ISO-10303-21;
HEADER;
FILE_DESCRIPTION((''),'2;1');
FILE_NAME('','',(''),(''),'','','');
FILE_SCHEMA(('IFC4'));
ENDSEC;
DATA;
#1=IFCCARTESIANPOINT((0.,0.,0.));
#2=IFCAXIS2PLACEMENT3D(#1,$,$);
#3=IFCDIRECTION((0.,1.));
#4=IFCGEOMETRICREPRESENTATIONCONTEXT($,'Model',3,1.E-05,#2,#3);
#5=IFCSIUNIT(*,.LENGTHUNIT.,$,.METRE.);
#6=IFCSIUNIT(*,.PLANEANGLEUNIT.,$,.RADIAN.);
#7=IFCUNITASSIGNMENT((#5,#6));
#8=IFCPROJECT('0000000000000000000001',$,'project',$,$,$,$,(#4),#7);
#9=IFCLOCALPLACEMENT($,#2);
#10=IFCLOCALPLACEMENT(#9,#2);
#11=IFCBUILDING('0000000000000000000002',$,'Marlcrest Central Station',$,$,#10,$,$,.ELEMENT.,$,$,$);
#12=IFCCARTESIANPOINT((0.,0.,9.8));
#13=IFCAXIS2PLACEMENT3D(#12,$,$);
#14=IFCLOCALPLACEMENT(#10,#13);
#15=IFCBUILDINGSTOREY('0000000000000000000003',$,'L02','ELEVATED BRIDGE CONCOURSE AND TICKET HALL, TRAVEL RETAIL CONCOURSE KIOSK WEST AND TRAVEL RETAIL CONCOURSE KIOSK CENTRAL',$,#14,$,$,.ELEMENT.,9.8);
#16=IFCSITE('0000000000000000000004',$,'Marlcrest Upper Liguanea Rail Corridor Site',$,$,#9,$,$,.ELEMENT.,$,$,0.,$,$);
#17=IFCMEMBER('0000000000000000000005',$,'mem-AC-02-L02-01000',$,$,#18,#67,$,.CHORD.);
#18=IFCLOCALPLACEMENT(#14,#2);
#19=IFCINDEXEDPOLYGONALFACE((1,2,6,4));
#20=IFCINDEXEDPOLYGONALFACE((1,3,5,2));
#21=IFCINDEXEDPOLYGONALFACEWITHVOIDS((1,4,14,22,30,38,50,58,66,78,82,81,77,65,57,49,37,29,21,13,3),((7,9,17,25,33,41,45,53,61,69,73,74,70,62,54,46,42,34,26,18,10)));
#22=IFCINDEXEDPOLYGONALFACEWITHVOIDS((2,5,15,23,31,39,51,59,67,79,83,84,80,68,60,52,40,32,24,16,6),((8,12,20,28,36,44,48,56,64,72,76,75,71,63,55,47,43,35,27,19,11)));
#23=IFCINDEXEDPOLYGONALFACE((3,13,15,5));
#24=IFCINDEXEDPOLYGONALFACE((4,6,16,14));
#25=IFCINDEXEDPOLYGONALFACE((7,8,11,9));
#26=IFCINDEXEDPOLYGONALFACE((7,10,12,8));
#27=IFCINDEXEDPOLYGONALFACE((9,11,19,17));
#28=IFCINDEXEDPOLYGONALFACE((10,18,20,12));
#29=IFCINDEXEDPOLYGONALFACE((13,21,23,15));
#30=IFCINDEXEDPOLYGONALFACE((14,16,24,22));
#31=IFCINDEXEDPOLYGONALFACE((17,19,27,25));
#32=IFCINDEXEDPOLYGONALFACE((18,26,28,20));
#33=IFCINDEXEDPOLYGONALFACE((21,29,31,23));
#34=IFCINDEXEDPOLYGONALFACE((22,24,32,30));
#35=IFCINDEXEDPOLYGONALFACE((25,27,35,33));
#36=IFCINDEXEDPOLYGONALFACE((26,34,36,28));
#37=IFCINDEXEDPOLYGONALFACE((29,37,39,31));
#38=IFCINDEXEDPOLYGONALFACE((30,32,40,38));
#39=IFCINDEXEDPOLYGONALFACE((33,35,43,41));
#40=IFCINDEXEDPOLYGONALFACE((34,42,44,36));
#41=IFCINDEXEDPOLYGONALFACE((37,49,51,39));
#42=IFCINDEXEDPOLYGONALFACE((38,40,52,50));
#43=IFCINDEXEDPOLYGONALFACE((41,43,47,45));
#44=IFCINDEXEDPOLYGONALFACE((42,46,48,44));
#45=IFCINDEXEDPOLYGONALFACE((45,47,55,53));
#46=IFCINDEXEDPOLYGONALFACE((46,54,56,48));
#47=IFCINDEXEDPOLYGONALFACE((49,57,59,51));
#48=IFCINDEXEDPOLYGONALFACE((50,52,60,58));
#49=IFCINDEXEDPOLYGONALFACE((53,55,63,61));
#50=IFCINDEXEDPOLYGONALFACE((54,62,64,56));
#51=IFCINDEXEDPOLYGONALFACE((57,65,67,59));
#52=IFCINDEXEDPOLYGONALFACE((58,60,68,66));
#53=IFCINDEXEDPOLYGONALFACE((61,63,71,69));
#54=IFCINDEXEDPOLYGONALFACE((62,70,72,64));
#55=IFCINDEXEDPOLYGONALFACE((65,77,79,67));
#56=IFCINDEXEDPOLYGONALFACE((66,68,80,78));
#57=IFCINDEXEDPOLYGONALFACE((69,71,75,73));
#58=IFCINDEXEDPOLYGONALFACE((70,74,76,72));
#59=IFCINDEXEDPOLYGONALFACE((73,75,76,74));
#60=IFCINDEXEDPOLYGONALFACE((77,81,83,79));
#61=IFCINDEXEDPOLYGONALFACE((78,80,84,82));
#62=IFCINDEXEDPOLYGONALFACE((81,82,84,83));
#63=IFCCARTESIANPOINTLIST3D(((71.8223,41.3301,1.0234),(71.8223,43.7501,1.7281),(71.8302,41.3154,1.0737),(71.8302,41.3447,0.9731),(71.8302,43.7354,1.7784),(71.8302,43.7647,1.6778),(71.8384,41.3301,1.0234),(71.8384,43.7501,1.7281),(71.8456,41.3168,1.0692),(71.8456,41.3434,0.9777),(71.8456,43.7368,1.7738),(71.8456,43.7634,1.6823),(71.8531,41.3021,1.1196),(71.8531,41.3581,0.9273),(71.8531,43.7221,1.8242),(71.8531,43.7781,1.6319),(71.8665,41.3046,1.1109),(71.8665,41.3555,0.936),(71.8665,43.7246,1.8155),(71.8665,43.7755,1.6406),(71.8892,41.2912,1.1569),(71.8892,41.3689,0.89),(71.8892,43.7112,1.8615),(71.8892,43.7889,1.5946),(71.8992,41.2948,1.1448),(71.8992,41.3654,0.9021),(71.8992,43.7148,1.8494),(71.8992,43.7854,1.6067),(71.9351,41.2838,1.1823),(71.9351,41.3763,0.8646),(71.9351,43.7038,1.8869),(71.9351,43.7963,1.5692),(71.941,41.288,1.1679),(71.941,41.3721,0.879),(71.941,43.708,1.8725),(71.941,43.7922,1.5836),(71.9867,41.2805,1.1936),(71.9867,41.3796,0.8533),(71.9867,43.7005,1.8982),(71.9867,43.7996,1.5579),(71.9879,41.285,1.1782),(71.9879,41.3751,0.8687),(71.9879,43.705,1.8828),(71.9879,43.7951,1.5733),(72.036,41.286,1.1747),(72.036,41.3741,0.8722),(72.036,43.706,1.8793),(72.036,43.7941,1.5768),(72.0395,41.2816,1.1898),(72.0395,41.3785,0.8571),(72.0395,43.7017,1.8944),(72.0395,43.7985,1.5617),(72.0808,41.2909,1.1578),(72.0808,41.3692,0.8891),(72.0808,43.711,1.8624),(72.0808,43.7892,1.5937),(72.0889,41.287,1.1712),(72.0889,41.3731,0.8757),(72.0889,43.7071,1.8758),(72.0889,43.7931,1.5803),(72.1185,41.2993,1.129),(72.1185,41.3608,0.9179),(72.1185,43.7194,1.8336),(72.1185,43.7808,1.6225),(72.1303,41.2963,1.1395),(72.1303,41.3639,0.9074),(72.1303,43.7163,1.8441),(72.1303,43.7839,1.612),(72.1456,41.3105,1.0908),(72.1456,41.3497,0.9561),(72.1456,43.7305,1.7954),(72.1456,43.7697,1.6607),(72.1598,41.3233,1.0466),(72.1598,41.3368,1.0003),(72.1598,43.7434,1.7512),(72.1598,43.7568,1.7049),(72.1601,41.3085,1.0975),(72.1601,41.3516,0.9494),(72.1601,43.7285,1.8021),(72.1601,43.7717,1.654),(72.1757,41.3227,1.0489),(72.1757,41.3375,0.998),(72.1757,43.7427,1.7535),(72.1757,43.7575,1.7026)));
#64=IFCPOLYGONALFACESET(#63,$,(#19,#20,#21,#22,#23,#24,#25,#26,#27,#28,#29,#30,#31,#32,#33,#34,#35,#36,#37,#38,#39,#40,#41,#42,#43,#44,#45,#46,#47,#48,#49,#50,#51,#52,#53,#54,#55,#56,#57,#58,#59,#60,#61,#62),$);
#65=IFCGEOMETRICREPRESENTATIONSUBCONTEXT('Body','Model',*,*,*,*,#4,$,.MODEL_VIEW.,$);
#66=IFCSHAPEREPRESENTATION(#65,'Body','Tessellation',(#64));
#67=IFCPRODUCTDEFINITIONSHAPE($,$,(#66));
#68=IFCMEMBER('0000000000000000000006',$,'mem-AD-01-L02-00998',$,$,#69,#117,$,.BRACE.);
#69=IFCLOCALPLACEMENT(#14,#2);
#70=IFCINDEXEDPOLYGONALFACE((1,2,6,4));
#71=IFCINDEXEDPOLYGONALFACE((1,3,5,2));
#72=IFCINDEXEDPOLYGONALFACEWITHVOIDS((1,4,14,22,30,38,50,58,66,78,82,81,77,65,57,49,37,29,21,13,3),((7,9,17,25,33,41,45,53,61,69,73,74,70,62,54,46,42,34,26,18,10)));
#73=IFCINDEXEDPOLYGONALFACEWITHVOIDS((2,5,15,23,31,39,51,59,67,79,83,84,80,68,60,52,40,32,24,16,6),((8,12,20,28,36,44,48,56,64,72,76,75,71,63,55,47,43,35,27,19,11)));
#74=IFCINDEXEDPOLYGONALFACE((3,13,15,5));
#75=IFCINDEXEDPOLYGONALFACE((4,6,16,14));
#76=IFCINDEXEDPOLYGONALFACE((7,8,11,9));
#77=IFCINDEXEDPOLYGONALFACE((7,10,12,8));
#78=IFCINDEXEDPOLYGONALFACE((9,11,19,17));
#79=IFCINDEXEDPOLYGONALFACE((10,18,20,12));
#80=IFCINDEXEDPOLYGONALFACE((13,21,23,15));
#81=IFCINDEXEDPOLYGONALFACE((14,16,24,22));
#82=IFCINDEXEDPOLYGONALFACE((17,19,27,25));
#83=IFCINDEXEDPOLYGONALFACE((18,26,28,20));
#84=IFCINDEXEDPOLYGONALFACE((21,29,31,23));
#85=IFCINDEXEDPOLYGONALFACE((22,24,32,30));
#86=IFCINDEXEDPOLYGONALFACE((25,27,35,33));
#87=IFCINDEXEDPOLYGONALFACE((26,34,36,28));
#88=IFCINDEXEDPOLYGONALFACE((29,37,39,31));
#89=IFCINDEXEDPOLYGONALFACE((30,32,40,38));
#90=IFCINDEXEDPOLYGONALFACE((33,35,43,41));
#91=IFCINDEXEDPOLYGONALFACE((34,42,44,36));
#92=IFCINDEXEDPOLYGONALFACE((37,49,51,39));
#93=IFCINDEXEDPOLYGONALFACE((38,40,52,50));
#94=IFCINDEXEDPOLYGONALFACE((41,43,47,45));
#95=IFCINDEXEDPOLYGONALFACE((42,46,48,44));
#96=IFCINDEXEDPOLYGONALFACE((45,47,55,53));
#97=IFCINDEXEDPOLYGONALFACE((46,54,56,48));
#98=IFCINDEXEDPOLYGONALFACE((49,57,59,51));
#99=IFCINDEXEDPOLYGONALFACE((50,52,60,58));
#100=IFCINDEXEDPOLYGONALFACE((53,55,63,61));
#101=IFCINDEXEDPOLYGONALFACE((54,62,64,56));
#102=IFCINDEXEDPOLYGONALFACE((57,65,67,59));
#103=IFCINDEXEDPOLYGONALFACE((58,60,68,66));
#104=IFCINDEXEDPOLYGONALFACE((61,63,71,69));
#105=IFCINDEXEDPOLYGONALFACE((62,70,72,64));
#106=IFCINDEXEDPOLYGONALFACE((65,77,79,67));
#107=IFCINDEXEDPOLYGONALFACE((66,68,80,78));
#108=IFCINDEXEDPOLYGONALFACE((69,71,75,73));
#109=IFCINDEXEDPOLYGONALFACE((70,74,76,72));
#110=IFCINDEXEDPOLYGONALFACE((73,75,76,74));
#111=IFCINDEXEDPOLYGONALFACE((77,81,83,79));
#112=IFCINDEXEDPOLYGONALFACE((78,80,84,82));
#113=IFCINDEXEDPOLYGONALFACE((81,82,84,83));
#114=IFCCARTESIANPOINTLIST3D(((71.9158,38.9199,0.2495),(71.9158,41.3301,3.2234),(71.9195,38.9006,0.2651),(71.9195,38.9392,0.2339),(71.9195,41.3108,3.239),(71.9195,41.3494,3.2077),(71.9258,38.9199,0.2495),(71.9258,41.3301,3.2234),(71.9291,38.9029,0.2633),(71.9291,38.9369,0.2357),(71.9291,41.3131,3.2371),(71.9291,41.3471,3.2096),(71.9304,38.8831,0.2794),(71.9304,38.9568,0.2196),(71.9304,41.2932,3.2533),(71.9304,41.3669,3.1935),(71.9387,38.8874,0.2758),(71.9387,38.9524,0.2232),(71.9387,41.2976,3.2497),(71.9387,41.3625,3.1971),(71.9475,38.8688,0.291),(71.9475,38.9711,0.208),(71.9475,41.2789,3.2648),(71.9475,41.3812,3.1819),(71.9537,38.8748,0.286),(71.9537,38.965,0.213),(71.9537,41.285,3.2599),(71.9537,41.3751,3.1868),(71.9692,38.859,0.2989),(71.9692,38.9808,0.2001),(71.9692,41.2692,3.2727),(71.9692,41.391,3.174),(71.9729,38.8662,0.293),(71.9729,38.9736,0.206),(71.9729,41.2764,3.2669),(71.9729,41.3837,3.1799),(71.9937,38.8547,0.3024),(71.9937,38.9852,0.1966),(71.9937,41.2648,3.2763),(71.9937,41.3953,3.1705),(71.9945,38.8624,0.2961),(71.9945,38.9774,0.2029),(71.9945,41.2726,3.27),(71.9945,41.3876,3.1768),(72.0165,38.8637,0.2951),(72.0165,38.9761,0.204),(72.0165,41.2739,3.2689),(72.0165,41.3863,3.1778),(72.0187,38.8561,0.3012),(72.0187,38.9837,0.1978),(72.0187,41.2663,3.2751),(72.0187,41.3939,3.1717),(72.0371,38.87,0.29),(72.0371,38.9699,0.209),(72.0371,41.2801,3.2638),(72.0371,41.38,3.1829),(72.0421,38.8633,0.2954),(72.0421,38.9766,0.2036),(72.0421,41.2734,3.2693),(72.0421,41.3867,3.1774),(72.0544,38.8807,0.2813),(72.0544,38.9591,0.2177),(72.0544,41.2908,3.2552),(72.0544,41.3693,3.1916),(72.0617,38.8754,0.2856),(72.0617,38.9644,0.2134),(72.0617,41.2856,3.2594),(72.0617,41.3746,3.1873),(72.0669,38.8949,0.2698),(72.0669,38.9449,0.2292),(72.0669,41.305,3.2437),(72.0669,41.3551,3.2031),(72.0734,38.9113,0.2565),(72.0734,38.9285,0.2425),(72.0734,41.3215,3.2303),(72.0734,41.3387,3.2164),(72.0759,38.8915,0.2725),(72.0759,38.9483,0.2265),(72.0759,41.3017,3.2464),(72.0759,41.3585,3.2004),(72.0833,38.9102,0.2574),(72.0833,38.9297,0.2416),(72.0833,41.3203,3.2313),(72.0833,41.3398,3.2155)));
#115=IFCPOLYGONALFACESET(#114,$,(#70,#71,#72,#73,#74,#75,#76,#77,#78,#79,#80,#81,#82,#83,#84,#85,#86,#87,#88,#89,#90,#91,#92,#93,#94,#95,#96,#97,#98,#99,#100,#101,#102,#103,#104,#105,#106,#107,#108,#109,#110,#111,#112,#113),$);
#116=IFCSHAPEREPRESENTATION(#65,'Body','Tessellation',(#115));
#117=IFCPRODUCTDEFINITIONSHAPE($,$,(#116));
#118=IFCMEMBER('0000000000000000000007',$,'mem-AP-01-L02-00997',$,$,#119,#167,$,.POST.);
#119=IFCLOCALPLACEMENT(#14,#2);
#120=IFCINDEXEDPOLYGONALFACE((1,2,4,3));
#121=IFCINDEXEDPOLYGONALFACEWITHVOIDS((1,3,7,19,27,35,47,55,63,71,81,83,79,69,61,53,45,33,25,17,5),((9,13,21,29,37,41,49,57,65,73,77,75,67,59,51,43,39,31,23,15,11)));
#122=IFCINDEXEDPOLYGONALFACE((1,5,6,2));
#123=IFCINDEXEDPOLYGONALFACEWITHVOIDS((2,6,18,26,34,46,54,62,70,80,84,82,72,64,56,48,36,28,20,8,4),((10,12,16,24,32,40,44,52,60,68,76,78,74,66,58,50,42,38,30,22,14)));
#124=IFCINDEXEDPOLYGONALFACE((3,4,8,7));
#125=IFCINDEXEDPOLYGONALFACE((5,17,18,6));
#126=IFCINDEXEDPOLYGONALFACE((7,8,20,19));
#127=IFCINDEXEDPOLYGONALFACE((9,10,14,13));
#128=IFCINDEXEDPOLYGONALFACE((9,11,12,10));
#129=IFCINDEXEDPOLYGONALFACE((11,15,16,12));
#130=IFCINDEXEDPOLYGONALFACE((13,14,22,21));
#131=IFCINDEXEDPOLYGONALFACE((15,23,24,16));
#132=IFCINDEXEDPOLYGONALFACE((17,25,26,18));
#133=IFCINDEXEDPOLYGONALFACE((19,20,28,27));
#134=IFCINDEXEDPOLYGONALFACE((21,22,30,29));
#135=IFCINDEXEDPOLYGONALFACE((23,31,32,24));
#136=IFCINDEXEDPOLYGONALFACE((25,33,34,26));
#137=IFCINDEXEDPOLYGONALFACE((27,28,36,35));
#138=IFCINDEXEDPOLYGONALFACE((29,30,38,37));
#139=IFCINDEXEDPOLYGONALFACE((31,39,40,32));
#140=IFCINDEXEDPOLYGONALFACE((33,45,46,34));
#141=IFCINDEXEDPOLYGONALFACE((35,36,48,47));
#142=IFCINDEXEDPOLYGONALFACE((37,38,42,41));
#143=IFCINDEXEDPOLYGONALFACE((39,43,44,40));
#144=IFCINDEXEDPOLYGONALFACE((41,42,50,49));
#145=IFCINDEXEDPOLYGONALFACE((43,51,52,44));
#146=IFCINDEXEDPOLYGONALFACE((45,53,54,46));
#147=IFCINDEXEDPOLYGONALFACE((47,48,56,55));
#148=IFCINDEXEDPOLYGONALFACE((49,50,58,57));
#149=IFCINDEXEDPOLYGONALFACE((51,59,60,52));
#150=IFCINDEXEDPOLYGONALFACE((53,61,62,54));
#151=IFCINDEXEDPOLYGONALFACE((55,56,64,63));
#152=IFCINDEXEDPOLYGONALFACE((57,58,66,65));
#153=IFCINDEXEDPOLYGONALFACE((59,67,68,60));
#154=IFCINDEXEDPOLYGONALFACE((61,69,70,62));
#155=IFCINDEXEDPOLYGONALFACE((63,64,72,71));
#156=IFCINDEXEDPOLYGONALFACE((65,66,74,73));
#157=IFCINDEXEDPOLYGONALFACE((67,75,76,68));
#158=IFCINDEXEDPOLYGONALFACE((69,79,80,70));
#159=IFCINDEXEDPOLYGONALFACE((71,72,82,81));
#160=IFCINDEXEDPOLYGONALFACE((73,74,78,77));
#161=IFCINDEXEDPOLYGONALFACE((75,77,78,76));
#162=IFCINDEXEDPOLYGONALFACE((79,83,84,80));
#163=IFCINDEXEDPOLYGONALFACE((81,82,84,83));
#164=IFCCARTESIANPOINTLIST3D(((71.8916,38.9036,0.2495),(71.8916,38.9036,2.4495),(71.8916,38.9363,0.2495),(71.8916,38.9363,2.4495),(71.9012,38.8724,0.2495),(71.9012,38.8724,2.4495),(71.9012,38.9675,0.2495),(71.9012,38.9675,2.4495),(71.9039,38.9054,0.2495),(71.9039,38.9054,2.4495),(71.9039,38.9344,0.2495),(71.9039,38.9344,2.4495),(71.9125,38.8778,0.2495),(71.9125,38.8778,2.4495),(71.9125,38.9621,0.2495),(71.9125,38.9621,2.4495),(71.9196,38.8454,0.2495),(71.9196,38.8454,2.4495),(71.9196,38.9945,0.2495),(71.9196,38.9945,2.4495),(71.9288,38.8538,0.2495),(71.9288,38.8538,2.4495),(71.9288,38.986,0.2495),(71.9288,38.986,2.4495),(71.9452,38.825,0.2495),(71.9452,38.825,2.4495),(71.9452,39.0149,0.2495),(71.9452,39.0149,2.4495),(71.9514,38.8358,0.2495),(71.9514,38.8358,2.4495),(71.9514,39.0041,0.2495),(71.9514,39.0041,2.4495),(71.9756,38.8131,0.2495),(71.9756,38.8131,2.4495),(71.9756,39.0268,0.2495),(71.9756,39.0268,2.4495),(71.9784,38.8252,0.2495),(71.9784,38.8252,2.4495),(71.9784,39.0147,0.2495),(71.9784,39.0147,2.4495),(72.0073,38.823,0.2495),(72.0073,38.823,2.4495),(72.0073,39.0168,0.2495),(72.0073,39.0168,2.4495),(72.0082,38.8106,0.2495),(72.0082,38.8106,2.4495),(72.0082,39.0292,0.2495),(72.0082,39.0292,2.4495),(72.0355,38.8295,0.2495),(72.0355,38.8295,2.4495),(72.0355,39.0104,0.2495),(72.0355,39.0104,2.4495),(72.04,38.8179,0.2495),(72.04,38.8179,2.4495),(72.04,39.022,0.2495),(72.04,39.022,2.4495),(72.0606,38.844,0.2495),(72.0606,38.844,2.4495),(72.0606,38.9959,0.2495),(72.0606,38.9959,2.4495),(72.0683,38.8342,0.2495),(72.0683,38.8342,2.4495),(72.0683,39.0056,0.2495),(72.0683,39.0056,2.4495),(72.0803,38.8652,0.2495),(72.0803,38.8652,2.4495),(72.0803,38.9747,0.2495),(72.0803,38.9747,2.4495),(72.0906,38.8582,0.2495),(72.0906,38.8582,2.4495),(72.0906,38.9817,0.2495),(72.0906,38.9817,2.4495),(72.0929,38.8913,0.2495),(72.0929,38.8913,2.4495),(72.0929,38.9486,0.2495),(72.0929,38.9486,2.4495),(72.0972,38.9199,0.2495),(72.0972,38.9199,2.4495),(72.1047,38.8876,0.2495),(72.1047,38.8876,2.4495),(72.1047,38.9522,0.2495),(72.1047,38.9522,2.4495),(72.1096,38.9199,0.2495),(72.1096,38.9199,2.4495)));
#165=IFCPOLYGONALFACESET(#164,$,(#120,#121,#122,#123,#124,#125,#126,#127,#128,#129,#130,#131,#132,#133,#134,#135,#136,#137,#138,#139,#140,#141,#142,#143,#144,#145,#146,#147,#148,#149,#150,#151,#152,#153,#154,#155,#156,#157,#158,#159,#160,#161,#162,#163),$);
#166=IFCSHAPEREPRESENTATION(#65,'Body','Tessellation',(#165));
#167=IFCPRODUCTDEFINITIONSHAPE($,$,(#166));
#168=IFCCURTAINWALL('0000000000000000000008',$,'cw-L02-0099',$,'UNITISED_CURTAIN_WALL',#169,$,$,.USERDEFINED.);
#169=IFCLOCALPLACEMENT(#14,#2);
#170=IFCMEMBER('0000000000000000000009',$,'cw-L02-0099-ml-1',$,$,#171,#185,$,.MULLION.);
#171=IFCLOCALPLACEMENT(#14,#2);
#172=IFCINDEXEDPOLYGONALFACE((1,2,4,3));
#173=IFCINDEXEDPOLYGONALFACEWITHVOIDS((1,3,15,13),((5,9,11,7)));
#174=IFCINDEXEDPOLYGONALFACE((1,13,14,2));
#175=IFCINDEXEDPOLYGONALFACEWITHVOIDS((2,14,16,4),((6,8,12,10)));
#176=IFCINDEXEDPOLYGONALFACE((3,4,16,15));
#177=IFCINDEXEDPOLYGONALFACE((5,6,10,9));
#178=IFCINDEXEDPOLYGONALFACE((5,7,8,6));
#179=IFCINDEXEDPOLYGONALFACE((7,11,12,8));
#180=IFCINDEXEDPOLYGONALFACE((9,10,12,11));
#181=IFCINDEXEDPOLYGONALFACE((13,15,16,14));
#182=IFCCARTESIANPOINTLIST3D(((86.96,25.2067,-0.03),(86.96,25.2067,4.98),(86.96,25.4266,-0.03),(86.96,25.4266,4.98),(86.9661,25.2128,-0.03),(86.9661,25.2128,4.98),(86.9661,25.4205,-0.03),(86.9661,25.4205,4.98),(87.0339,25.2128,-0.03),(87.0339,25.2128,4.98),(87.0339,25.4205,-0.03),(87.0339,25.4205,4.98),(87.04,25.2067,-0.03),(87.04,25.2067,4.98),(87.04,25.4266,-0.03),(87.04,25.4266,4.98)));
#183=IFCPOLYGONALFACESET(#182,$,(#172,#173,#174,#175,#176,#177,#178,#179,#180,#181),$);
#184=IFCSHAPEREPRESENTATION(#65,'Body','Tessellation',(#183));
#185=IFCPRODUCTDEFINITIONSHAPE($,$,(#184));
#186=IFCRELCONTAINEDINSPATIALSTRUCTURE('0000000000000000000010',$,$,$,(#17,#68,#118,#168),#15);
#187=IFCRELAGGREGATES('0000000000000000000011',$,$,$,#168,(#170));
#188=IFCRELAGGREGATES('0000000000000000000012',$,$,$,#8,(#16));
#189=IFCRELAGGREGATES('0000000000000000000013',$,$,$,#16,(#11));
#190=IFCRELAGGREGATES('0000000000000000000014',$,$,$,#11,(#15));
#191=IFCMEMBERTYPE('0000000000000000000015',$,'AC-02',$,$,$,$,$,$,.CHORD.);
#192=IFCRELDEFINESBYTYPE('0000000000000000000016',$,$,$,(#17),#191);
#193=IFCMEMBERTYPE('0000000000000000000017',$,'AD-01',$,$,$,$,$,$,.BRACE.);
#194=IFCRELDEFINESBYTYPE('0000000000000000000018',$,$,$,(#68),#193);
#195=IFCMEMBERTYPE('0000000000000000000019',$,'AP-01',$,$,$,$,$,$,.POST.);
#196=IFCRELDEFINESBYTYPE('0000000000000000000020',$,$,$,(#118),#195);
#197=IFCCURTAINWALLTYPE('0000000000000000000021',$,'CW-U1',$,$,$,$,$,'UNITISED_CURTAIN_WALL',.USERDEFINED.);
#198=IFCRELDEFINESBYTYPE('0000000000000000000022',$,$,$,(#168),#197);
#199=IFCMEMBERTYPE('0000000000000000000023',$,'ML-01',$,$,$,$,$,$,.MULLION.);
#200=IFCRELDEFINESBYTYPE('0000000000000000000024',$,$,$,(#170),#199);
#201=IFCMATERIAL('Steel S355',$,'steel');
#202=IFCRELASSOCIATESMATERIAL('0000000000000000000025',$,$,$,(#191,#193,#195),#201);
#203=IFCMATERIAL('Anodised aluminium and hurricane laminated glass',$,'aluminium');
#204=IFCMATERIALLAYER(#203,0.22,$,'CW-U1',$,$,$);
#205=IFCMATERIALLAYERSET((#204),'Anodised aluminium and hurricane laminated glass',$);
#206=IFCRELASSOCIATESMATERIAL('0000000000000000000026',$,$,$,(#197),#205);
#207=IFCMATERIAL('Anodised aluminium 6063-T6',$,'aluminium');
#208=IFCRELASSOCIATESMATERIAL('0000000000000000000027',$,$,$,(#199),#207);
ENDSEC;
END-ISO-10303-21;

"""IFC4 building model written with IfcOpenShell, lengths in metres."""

from ifc_helpers import new_model, si_unit, direction, frame, origin, origin_2d, place, context, subcontext, project, spatial, hollow_rectangle, hollow_circle, extrude, material, layer, layer_set, material_profile, profile_set, type_object, element, aggregate, save


model = new_model("IFC4")

# Units and contexts
model_context = context("Model", 3, precision=1e-05, world=origin(), true_north=direction((0.0, 1.0)))
body_context = subcontext(model_context, "Body", "Model", "MODEL_VIEW")
ifc_project = project(units=[si_unit("LENGTHUNIT", "METRE"), si_unit("PLANEANGLEUNIT", "RADIAN")], contexts=[model_context])

# Site, building, storey
site_placement = place(None, origin())
site = spatial("IfcSite", under=ifc_project, at=site_placement, Name="Marlcrest Upper Liguanea Rail Corridor Site", CompositionType="ELEMENT", RefElevation=0.0)
building_placement = place(site_placement, origin())
building = spatial("IfcBuilding", under=site, at=building_placement, Name="Marlcrest Central Station", CompositionType="ELEMENT")
storey_placement = place(building_placement, frame((0.0, 0.0, 9.8)))
storey = spatial("IfcBuildingStorey", under=building, at=storey_placement, Name="L02", Description="ELEVATED BRIDGE CONCOURSE AND TICKET HALL, TRAVEL RETAIL CONCOURSE KIOSK WEST AND TRAVEL RETAIL CONCOURSE KIOSK CENTRAL", CompositionType="ELEMENT", Elevation=9.8)

# Members
ifc_material_1 = material(Name="Steel S355", Category="steel")
ifc_material_profile_1 = material_profile(ifc_material_1, hollow_circle(Radius=0.1777, WallThickness=0.0161, at=origin_2d()), Name="CHS 355.6x16")
ifc_profile_set_1 = profile_set([ifc_material_profile_1], Name="Steel S355")
member_type_1 = type_object("IfcMemberType", Name="AC-02", PredefinedType="CHORD", material=ifc_profile_set_1)
member_1_placement = place(storey_placement, frame((72.0, 41.3301, 1.0234), z_axis=(0.0, 0.96013, 0.279554), x_axis=(-1.0, 0.0, 0.0)))
element("IfcMember", 1, at=member_1_placement, inside=storey, type_object=member_type_1, Name="mem-AC-02-L02-01000", PredefinedType="CHORD", context=body_context, shape_type="SweptSolid", body=[
    extrude(hollow_circle(Radius=0.1777, WallThickness=0.0161, at=origin_2d()), origin(), (0.0, 0.0, 1.0), 2.5205),
])
ifc_material_profile_2 = material_profile(ifc_material_1, hollow_circle(Radius=0.0842, WallThickness=0.01, at=origin_2d()), Name="CHS 168.3x10")
ifc_profile_set_2 = profile_set([ifc_material_profile_2], Name="Steel S355")
member_type_2 = type_object("IfcMemberType", Name="AD-01", PredefinedType="BRACE", material=ifc_profile_set_2)
member_2_placement = place(storey_placement, frame((72.0, 38.9199, 0.2495), z_axis=(0.0, 0.629629, 0.776896), x_axis=(-1.0, 0.0, 0.0)))
element("IfcMember", 2, at=member_2_placement, inside=storey, type_object=member_type_2, Name="mem-AD-01-L02-00998", PredefinedType="BRACE", context=body_context, shape_type="SweptSolid", body=[
    extrude(hollow_circle(Radius=0.0842, WallThickness=0.01, at=origin_2d()), origin(), (0.0, 0.0, 1.0), 3.8279),
])
ifc_material_profile_3 = material_profile(ifc_material_1, hollow_circle(Radius=0.1096, WallThickness=0.0125, at=origin_2d()), Name="CHS 219.1x12.5")
ifc_profile_set_3 = profile_set([ifc_material_profile_3], Name="Steel S355")
member_type_3 = type_object("IfcMemberType", Name="AP-01", PredefinedType="POST", material=ifc_profile_set_3)
member_3_placement = place(storey_placement, frame((72.0, 38.9199, 0.2495), z_axis=(0.0, 0.0, 1.0), x_axis=(1.0, 0.0, 0.0)))
element("IfcMember", 3, at=member_3_placement, inside=storey, type_object=member_type_3, Name="mem-AP-01-L02-00997", PredefinedType="POST", context=body_context, shape_type="SweptSolid", body=[
    extrude(hollow_circle(Radius=0.1096, WallThickness=0.0125, at=origin_2d()), origin(), (0.0, 0.0, 1.0), 2.2),
])

# Curtain wall, member
ifc_material_2 = material(Name="Anodised aluminium and hurricane laminated glass", Category="aluminium")
ifc_layer_1 = layer(ifc_material_2, 0.22, Name="CW-U1")
ifc_layer_set_1 = layer_set([ifc_layer_1], Name="Anodised aluminium and hurricane laminated glass")
curtain_wall_type = type_object("IfcCurtainWallType", Name="CW-U1", ElementType="UNITISED_CURTAIN_WALL", PredefinedType="USERDEFINED", material=ifc_layer_set_1)
curtain_wall_placement = place(storey_placement, origin())
curtain_wall = element("IfcCurtainWall", 4, at=curtain_wall_placement, inside=storey, type_object=curtain_wall_type, Name="cw-L02-0099", ObjectType="UNITISED_CURTAIN_WALL", PredefinedType="USERDEFINED")
ifc_material_3 = material(Name="Anodised aluminium 6063-T6", Category="aluminium")
ifc_material_profile_4 = material_profile(ifc_material_3, hollow_rectangle(XDim=0.0801, YDim=0.22, WallThickness=0.0061, at=origin_2d()), Name="AA-RHS 220x80x6")
ifc_profile_set_4 = profile_set([ifc_material_profile_4], Name="Anodised aluminium 6063-T6")
member_type_4 = type_object("IfcMemberType", Name="ML-01", PredefinedType="MULLION", material=ifc_profile_set_4)
member_4_placement = place(storey_placement, frame((87.0, 25.3167, -0.03), z_axis=(0.0, 0.0, 1.0), x_axis=(1.0, 0.0, 0.0)))
member_4 = element("IfcMember", 5, at=member_4_placement, type_object=member_type_4, Name="cw-L02-0099-ml-1", PredefinedType="MULLION", context=body_context, shape_type="SweptSolid", body=[
    extrude(hollow_rectangle(XDim=0.0801, YDim=0.22, WallThickness=0.0061, at=origin_2d()), origin(), (0.0, 0.0, 1.0), 5.01),
])
aggregate(curtain_wall, [member_4])

save(model, "model.ifc")
